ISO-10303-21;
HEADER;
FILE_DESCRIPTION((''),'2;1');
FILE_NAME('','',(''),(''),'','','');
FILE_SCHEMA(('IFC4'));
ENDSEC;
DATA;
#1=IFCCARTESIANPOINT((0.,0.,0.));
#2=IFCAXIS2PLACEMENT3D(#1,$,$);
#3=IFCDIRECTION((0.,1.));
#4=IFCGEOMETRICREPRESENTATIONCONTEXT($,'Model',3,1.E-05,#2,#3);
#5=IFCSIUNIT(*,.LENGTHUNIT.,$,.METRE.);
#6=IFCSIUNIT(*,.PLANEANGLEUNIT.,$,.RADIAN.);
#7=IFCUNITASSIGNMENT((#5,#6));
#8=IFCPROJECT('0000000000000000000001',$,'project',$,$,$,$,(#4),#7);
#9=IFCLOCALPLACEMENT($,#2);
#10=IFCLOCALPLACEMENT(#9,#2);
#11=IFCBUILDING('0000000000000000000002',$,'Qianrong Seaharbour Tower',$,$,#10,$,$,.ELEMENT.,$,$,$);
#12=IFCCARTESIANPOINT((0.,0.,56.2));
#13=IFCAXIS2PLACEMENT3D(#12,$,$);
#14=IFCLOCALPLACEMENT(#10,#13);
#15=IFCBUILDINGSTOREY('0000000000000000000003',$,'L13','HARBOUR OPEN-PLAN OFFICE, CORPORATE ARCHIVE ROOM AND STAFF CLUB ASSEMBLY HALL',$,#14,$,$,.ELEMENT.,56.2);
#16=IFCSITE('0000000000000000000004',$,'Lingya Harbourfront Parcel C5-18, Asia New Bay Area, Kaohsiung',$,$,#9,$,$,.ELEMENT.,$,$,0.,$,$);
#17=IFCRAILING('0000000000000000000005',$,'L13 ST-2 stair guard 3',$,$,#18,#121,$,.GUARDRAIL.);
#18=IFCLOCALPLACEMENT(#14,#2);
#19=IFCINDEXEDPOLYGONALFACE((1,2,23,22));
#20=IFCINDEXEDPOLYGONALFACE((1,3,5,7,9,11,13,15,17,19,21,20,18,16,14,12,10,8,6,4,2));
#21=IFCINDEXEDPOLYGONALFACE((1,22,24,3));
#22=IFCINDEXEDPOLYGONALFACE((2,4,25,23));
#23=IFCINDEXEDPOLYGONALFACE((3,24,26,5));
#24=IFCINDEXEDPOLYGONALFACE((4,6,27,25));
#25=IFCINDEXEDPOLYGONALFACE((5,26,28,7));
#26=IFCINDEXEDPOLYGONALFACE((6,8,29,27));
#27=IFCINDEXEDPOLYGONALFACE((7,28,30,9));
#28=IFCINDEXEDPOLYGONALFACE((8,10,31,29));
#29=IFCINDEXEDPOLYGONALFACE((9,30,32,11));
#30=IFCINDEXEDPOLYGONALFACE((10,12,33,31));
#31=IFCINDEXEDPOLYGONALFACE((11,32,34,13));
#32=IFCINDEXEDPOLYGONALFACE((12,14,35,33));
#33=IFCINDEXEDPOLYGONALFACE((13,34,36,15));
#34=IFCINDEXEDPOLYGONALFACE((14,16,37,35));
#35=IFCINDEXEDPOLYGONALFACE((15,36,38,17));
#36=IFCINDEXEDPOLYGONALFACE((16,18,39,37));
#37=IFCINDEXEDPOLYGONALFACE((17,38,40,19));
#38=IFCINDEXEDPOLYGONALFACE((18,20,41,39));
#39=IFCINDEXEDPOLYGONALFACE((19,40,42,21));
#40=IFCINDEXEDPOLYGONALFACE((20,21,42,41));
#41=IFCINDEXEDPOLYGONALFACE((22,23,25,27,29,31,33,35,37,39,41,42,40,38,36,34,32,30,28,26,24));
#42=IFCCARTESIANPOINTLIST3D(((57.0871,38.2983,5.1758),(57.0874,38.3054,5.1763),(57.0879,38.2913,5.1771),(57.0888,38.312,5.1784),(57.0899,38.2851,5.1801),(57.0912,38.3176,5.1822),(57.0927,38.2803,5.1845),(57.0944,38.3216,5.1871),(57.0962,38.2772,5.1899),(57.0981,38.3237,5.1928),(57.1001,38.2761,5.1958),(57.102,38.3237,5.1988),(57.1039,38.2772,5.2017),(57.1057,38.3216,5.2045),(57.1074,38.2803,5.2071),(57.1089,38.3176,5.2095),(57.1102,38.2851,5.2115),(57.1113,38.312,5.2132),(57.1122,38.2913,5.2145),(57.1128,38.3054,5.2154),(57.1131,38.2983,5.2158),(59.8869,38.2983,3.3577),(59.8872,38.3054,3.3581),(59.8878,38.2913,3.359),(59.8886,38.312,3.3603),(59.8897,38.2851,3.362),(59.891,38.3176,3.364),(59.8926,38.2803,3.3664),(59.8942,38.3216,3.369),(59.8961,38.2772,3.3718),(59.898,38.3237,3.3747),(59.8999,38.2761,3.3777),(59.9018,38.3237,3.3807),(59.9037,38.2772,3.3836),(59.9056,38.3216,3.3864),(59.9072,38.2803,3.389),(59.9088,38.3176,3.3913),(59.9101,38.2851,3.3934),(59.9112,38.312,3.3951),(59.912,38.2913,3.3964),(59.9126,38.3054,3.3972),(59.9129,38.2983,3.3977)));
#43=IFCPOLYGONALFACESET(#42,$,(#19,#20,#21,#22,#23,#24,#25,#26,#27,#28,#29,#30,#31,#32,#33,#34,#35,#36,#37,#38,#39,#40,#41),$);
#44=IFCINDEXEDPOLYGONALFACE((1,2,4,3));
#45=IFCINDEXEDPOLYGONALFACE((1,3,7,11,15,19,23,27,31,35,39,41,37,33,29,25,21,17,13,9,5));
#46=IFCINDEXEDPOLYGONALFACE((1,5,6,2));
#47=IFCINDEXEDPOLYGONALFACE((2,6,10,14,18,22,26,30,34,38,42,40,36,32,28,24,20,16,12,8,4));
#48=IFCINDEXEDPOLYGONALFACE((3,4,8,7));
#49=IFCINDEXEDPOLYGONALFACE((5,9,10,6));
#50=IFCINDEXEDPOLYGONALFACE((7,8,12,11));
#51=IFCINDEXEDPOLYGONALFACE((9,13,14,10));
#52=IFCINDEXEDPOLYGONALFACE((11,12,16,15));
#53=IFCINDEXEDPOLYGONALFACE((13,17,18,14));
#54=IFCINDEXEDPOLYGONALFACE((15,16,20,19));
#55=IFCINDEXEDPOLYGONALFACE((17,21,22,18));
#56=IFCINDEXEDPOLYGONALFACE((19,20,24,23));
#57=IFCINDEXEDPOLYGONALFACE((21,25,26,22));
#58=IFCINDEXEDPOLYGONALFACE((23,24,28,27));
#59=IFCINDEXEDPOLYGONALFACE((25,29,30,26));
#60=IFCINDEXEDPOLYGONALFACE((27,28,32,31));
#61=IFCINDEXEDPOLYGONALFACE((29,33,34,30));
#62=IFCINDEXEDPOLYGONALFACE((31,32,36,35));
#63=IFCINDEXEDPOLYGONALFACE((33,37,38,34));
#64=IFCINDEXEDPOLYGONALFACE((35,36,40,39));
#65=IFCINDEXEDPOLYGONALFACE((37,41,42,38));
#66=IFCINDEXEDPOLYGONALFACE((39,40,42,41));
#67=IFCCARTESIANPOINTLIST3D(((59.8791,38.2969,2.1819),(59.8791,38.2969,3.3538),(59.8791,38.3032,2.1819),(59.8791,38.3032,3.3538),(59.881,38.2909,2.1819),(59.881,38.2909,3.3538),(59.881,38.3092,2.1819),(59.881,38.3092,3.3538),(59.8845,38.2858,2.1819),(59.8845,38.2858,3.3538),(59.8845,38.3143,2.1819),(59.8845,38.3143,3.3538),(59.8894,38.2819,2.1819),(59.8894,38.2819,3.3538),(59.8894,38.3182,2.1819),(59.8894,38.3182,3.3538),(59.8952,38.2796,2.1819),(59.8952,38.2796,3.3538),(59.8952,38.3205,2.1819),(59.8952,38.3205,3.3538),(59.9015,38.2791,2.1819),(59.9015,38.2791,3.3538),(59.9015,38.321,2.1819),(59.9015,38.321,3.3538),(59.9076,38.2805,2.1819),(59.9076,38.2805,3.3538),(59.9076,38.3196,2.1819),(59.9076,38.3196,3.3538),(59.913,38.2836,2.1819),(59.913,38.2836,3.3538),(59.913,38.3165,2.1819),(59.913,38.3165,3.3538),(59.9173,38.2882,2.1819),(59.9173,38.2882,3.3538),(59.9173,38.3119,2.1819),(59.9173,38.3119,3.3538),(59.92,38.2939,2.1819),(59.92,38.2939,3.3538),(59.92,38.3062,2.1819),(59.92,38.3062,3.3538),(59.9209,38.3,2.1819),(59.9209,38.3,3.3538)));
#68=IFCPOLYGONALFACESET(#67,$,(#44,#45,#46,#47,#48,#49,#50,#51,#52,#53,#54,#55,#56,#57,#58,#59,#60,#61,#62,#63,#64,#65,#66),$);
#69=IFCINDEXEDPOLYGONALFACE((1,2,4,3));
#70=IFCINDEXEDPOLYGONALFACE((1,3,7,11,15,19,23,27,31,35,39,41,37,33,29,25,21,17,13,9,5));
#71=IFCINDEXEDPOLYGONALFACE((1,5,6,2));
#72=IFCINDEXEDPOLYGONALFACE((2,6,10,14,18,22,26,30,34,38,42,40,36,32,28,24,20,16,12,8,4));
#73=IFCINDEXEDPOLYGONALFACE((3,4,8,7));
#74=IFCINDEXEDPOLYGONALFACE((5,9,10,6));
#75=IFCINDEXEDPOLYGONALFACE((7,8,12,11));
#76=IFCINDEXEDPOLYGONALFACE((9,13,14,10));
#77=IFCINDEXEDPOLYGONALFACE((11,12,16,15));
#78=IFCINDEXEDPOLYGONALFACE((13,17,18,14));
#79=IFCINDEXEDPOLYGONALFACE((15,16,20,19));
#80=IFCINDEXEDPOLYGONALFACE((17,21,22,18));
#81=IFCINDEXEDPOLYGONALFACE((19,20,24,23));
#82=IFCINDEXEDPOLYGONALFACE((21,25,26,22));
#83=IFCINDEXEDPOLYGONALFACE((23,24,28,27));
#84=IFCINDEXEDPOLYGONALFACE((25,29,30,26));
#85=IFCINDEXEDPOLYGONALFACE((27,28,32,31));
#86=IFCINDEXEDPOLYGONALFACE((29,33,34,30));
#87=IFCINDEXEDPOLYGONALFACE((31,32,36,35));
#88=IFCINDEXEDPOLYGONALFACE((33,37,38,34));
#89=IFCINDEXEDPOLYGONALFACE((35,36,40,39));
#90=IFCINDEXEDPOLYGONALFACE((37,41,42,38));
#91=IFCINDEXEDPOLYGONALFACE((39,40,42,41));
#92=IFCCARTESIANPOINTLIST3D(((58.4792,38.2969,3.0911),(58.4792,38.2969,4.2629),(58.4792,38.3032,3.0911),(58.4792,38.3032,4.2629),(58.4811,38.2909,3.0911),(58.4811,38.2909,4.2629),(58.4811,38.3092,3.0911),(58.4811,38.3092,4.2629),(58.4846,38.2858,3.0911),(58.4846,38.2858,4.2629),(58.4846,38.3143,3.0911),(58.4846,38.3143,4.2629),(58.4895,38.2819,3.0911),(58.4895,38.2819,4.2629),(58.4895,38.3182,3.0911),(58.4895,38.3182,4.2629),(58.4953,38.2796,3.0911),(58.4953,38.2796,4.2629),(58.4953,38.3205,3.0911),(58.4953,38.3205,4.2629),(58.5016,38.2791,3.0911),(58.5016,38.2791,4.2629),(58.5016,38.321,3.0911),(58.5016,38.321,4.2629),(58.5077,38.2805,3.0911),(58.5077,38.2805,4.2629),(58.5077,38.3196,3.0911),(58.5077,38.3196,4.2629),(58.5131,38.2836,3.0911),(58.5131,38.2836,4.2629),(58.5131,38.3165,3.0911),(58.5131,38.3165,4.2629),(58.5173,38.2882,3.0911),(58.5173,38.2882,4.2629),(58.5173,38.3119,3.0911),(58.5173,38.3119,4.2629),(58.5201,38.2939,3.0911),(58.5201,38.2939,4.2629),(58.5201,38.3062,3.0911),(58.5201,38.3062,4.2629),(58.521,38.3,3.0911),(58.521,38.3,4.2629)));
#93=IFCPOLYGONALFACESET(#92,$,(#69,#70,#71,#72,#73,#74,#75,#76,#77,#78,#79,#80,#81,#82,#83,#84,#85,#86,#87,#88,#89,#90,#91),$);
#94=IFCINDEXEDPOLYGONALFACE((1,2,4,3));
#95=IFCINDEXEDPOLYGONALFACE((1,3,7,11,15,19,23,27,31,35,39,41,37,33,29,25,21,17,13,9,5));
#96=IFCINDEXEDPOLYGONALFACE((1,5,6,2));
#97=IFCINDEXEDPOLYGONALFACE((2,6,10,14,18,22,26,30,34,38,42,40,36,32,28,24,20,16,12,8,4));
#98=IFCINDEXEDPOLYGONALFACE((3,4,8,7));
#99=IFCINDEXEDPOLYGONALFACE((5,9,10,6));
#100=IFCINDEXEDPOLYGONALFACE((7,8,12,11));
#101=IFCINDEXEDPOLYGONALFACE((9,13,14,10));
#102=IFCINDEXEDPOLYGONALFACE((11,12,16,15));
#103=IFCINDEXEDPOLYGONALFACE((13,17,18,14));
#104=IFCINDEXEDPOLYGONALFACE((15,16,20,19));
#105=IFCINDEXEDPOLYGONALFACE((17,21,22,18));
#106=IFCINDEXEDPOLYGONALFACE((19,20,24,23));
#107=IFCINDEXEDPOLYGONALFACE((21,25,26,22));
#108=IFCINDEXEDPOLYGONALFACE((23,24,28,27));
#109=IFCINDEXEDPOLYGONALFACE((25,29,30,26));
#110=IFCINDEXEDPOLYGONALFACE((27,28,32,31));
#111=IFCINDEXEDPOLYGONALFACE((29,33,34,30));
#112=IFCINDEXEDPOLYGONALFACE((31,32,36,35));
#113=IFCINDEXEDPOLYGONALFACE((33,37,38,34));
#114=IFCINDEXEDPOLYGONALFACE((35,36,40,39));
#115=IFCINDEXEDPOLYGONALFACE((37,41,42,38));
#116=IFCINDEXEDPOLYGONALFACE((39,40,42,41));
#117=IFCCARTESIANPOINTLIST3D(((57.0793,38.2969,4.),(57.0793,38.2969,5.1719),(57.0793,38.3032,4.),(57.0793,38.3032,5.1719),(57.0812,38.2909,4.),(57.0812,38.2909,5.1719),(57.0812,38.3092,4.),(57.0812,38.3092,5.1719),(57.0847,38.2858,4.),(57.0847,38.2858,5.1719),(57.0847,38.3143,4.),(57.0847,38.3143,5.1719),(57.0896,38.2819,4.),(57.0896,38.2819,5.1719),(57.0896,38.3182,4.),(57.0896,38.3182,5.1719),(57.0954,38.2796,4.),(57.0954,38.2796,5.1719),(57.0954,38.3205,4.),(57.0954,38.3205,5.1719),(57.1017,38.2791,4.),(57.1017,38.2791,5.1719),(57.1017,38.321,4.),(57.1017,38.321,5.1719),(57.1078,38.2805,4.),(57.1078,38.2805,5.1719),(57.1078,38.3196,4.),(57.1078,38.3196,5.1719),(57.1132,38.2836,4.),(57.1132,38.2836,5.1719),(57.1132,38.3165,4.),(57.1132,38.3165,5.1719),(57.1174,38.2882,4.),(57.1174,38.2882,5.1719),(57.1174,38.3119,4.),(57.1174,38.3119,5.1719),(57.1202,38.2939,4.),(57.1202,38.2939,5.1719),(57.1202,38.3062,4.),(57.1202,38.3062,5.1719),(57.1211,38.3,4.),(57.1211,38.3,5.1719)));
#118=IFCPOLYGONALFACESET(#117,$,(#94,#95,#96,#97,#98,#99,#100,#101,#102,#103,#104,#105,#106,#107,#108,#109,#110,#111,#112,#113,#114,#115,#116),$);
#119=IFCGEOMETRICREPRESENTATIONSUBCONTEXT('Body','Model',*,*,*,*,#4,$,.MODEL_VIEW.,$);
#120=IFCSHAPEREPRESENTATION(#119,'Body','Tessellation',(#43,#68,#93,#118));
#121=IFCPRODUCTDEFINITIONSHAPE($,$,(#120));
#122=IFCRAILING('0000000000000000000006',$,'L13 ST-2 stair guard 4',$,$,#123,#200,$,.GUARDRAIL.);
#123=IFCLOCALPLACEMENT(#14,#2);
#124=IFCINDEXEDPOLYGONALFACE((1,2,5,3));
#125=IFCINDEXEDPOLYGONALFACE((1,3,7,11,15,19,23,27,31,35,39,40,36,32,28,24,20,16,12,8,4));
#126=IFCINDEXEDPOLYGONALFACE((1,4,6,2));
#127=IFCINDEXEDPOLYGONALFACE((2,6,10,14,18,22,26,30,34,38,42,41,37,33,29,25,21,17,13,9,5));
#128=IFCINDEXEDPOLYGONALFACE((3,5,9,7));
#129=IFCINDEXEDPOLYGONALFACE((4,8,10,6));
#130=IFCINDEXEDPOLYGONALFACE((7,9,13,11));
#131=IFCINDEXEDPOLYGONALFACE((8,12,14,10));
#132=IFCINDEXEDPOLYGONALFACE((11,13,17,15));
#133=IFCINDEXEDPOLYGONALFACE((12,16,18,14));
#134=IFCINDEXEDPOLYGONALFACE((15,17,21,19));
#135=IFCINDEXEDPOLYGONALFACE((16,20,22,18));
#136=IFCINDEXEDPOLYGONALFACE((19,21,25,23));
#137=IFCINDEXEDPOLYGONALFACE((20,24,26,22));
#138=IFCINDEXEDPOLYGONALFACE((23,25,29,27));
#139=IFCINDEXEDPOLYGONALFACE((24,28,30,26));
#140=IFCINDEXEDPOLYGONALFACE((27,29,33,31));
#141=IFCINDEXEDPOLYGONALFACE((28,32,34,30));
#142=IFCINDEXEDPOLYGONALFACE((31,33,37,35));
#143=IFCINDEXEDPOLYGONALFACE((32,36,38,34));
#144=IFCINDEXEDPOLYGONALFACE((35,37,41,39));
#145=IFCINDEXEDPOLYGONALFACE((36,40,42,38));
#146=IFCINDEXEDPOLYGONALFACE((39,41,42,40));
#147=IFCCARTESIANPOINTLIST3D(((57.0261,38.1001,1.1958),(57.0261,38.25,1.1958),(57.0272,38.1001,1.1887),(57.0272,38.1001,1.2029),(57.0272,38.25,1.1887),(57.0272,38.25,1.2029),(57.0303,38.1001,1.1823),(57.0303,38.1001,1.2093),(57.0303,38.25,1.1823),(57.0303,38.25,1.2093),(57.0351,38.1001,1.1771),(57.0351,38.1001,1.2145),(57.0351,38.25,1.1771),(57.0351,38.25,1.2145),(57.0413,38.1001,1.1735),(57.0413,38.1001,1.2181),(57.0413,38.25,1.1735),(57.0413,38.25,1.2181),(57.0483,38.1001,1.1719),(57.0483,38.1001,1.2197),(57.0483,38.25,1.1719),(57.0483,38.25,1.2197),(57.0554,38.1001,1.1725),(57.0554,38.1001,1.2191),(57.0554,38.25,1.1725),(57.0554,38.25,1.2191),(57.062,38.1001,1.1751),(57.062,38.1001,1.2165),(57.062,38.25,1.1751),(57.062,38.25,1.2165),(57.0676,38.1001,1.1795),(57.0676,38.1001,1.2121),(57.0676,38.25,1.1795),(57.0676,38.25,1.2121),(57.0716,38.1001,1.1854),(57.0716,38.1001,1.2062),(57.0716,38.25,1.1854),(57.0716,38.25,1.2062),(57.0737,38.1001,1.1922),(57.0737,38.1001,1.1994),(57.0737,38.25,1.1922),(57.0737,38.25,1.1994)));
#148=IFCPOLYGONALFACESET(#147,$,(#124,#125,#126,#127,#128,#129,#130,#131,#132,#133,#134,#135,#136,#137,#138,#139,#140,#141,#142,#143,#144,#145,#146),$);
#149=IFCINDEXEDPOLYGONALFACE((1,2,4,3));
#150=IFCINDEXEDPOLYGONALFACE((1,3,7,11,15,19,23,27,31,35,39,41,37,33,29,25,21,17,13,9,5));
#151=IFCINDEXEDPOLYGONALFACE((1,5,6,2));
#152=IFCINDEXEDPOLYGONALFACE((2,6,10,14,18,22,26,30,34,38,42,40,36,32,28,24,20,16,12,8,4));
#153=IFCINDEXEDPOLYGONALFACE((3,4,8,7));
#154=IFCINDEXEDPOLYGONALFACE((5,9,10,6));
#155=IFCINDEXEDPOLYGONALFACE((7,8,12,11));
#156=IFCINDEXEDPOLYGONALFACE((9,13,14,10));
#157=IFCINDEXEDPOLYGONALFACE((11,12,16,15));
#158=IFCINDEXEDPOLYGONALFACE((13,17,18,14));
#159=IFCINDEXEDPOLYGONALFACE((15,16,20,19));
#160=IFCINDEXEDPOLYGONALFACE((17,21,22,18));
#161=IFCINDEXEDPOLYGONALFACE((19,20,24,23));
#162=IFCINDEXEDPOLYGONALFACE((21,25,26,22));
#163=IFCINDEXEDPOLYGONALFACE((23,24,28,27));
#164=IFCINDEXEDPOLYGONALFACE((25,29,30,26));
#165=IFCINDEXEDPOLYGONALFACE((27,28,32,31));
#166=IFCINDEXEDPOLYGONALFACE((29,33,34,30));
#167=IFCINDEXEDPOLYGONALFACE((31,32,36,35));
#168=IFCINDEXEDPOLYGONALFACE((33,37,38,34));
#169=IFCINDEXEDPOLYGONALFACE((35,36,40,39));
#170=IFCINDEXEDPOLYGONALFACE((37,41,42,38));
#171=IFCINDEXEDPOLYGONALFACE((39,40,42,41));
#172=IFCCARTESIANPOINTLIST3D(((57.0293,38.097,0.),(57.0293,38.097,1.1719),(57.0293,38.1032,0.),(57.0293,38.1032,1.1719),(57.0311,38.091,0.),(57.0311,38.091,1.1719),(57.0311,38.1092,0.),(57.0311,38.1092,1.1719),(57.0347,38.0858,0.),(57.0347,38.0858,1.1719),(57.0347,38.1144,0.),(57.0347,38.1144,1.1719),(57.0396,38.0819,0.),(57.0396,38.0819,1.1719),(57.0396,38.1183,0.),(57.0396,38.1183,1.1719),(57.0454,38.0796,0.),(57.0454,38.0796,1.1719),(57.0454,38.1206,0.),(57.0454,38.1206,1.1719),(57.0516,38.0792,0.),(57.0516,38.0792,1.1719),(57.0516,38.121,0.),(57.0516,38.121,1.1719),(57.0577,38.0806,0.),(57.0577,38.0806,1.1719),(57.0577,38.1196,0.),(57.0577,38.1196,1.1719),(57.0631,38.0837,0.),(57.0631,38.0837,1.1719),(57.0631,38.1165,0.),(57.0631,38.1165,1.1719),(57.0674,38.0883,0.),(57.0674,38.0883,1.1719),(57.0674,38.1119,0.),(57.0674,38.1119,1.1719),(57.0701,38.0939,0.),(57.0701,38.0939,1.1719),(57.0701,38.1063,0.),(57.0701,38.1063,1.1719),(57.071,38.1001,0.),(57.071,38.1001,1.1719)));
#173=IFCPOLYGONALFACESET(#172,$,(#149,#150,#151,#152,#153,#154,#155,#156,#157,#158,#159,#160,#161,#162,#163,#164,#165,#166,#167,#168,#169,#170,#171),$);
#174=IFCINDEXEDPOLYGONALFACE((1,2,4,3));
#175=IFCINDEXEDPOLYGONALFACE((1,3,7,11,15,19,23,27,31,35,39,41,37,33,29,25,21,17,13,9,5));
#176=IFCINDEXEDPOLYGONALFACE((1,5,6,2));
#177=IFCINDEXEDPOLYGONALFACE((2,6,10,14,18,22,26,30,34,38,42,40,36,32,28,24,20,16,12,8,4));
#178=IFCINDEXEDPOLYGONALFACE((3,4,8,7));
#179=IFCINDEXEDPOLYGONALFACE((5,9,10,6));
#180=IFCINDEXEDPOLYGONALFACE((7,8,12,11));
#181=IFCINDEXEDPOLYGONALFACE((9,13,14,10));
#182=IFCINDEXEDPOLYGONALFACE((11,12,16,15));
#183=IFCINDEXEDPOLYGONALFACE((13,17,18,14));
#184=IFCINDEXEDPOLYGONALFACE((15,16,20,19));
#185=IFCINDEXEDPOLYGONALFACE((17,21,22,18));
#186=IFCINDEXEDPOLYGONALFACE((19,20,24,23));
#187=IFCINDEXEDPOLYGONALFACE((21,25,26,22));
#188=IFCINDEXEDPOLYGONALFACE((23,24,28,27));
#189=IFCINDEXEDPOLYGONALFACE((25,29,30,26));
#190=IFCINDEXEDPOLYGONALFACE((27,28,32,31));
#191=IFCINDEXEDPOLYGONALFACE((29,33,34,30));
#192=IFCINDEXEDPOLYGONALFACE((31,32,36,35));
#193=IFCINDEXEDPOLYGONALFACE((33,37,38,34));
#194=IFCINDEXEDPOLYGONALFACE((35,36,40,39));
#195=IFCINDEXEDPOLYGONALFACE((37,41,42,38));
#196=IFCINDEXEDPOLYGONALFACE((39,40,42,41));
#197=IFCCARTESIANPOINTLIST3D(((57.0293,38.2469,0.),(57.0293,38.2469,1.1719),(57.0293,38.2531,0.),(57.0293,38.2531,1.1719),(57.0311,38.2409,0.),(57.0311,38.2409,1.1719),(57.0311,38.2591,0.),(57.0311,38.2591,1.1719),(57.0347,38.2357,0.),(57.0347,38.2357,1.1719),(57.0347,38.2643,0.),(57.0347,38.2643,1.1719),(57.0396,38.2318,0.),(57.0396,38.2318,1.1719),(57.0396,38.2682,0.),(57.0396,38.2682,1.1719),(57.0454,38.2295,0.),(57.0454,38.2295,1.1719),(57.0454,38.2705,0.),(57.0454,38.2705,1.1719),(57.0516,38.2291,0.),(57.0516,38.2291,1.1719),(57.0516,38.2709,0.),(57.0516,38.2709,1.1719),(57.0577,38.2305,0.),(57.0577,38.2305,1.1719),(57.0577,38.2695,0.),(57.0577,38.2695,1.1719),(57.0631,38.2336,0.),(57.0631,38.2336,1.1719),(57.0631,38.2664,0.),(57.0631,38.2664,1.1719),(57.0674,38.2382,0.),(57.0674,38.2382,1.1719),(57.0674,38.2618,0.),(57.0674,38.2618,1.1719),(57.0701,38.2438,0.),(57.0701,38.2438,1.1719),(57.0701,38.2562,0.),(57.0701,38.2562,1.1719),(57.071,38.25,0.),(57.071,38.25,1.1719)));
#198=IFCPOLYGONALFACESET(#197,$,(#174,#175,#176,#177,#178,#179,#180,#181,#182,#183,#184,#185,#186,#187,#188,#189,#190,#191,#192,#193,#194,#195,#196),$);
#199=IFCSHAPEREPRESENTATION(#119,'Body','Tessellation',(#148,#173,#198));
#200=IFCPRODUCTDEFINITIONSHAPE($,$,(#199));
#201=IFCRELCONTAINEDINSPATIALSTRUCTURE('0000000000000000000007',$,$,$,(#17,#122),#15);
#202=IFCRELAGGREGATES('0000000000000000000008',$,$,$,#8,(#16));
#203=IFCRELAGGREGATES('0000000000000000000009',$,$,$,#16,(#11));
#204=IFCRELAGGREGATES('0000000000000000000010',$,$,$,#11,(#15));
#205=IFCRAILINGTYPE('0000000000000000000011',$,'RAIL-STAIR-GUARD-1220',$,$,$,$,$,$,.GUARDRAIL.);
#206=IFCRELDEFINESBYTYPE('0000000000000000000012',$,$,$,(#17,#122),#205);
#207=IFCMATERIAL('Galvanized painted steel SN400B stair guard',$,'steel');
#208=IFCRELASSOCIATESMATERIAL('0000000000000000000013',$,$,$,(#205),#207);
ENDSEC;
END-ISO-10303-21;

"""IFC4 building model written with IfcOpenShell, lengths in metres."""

from ifc_helpers import new_model, si_unit, direction, frame, origin, origin_2d, place, context, subcontext, project, spatial, circle, extrude, material, type_object, element, save


model = new_model("IFC4")

# Units and contexts
model_context = context("Model", 3, precision=1e-05, world=origin(), true_north=direction((0.0, 1.0)))
body_context = subcontext(model_context, "Body", "Model", "MODEL_VIEW")
ifc_project = project(units=[si_unit("LENGTHUNIT", "METRE"), si_unit("PLANEANGLEUNIT", "RADIAN")], contexts=[model_context])

# Site, building, storey
site_placement = place(None, origin())
site = spatial("IfcSite", under=ifc_project, at=site_placement, Name="Lingya Harbourfront Parcel C5-18, Asia New Bay Area, Kaohsiung", CompositionType="ELEMENT", RefElevation=0.0)
building_placement = place(site_placement, origin())
building = spatial("IfcBuilding", under=site, at=building_placement, Name="Qianrong Seaharbour Tower", CompositionType="ELEMENT")
storey_placement = place(building_placement, frame((0.0, 0.0, 56.2)))
storey = spatial("IfcBuildingStorey", under=building, at=storey_placement, Name="L13", Description="HARBOUR OPEN-PLAN OFFICE, CORPORATE ARCHIVE ROOM AND STAFF CLUB ASSEMBLY HALL", CompositionType="ELEMENT", Elevation=56.2)

# Railings
ifc_material_1 = material(Name="Galvanized painted steel SN400B stair guard", Category="steel")
railing_type_1 = type_object("IfcRailingType", Name="RAIL-STAIR-GUARD-1220", PredefinedType="GUARDRAIL", material=ifc_material_1)
railing_1_placement = place(storey_placement, frame((59.8999, 38.3, 2.1819)))
element("IfcRailing", 1, at=railing_1_placement, inside=storey, type_object=railing_type_1, Name="L13 ST-2 stair guard 3", PredefinedType="GUARDRAIL", context=body_context, shape_type="SweptSolid", body=[
    extrude(circle(Radius=0.0239, at=origin_2d()), frame((0.0, 0.0, 1.1958), z_axis=(-0.838684, 0.0, 0.544618), x_axis=(0.0, -1.0, 0.0)), (0.0, 0.0, 1.0), 3.3384),
    extrude(circle(Radius=0.021, at=origin_2d()), origin(), (0.0, 0.0, 1.0), 1.1719),
    extrude(circle(Radius=0.021, at=origin_2d()), frame((-1.3999, 0.0, 0.9092)), (0.0, 0.0, 1.0), 1.1719),
    extrude(circle(Radius=0.021, at=origin_2d()), frame((-2.7998, 0.0, 1.8181)), (0.0, 0.0, 1.0), 1.1719),
])
railing_2_placement = place(storey_placement, frame((57.05, 38.1001, 0.0)))
element("IfcRailing", 2, at=railing_2_placement, inside=storey, type_object=railing_type_1, Name="L13 ST-2 stair guard 4", PredefinedType="GUARDRAIL", context=body_context, shape_type="SweptSolid", body=[
    extrude(circle(Radius=0.0239, at=origin_2d()), frame((0.0, 0.0, 1.1958), z_axis=(0.0, 1.0, 0.0), x_axis=(-1.0, 0.0, 0.0)), (0.0, 0.0, 1.0), 0.1499),
    extrude(circle(Radius=0.021, at=origin_2d()), origin(), (0.0, 0.0, 1.0), 1.1719),
    extrude(circle(Radius=0.021, at=origin_2d()), frame((0.0, 0.1499, 0.0)), (0.0, 0.0, 1.0), 1.1719),
])

save(model, "model.ifc")
